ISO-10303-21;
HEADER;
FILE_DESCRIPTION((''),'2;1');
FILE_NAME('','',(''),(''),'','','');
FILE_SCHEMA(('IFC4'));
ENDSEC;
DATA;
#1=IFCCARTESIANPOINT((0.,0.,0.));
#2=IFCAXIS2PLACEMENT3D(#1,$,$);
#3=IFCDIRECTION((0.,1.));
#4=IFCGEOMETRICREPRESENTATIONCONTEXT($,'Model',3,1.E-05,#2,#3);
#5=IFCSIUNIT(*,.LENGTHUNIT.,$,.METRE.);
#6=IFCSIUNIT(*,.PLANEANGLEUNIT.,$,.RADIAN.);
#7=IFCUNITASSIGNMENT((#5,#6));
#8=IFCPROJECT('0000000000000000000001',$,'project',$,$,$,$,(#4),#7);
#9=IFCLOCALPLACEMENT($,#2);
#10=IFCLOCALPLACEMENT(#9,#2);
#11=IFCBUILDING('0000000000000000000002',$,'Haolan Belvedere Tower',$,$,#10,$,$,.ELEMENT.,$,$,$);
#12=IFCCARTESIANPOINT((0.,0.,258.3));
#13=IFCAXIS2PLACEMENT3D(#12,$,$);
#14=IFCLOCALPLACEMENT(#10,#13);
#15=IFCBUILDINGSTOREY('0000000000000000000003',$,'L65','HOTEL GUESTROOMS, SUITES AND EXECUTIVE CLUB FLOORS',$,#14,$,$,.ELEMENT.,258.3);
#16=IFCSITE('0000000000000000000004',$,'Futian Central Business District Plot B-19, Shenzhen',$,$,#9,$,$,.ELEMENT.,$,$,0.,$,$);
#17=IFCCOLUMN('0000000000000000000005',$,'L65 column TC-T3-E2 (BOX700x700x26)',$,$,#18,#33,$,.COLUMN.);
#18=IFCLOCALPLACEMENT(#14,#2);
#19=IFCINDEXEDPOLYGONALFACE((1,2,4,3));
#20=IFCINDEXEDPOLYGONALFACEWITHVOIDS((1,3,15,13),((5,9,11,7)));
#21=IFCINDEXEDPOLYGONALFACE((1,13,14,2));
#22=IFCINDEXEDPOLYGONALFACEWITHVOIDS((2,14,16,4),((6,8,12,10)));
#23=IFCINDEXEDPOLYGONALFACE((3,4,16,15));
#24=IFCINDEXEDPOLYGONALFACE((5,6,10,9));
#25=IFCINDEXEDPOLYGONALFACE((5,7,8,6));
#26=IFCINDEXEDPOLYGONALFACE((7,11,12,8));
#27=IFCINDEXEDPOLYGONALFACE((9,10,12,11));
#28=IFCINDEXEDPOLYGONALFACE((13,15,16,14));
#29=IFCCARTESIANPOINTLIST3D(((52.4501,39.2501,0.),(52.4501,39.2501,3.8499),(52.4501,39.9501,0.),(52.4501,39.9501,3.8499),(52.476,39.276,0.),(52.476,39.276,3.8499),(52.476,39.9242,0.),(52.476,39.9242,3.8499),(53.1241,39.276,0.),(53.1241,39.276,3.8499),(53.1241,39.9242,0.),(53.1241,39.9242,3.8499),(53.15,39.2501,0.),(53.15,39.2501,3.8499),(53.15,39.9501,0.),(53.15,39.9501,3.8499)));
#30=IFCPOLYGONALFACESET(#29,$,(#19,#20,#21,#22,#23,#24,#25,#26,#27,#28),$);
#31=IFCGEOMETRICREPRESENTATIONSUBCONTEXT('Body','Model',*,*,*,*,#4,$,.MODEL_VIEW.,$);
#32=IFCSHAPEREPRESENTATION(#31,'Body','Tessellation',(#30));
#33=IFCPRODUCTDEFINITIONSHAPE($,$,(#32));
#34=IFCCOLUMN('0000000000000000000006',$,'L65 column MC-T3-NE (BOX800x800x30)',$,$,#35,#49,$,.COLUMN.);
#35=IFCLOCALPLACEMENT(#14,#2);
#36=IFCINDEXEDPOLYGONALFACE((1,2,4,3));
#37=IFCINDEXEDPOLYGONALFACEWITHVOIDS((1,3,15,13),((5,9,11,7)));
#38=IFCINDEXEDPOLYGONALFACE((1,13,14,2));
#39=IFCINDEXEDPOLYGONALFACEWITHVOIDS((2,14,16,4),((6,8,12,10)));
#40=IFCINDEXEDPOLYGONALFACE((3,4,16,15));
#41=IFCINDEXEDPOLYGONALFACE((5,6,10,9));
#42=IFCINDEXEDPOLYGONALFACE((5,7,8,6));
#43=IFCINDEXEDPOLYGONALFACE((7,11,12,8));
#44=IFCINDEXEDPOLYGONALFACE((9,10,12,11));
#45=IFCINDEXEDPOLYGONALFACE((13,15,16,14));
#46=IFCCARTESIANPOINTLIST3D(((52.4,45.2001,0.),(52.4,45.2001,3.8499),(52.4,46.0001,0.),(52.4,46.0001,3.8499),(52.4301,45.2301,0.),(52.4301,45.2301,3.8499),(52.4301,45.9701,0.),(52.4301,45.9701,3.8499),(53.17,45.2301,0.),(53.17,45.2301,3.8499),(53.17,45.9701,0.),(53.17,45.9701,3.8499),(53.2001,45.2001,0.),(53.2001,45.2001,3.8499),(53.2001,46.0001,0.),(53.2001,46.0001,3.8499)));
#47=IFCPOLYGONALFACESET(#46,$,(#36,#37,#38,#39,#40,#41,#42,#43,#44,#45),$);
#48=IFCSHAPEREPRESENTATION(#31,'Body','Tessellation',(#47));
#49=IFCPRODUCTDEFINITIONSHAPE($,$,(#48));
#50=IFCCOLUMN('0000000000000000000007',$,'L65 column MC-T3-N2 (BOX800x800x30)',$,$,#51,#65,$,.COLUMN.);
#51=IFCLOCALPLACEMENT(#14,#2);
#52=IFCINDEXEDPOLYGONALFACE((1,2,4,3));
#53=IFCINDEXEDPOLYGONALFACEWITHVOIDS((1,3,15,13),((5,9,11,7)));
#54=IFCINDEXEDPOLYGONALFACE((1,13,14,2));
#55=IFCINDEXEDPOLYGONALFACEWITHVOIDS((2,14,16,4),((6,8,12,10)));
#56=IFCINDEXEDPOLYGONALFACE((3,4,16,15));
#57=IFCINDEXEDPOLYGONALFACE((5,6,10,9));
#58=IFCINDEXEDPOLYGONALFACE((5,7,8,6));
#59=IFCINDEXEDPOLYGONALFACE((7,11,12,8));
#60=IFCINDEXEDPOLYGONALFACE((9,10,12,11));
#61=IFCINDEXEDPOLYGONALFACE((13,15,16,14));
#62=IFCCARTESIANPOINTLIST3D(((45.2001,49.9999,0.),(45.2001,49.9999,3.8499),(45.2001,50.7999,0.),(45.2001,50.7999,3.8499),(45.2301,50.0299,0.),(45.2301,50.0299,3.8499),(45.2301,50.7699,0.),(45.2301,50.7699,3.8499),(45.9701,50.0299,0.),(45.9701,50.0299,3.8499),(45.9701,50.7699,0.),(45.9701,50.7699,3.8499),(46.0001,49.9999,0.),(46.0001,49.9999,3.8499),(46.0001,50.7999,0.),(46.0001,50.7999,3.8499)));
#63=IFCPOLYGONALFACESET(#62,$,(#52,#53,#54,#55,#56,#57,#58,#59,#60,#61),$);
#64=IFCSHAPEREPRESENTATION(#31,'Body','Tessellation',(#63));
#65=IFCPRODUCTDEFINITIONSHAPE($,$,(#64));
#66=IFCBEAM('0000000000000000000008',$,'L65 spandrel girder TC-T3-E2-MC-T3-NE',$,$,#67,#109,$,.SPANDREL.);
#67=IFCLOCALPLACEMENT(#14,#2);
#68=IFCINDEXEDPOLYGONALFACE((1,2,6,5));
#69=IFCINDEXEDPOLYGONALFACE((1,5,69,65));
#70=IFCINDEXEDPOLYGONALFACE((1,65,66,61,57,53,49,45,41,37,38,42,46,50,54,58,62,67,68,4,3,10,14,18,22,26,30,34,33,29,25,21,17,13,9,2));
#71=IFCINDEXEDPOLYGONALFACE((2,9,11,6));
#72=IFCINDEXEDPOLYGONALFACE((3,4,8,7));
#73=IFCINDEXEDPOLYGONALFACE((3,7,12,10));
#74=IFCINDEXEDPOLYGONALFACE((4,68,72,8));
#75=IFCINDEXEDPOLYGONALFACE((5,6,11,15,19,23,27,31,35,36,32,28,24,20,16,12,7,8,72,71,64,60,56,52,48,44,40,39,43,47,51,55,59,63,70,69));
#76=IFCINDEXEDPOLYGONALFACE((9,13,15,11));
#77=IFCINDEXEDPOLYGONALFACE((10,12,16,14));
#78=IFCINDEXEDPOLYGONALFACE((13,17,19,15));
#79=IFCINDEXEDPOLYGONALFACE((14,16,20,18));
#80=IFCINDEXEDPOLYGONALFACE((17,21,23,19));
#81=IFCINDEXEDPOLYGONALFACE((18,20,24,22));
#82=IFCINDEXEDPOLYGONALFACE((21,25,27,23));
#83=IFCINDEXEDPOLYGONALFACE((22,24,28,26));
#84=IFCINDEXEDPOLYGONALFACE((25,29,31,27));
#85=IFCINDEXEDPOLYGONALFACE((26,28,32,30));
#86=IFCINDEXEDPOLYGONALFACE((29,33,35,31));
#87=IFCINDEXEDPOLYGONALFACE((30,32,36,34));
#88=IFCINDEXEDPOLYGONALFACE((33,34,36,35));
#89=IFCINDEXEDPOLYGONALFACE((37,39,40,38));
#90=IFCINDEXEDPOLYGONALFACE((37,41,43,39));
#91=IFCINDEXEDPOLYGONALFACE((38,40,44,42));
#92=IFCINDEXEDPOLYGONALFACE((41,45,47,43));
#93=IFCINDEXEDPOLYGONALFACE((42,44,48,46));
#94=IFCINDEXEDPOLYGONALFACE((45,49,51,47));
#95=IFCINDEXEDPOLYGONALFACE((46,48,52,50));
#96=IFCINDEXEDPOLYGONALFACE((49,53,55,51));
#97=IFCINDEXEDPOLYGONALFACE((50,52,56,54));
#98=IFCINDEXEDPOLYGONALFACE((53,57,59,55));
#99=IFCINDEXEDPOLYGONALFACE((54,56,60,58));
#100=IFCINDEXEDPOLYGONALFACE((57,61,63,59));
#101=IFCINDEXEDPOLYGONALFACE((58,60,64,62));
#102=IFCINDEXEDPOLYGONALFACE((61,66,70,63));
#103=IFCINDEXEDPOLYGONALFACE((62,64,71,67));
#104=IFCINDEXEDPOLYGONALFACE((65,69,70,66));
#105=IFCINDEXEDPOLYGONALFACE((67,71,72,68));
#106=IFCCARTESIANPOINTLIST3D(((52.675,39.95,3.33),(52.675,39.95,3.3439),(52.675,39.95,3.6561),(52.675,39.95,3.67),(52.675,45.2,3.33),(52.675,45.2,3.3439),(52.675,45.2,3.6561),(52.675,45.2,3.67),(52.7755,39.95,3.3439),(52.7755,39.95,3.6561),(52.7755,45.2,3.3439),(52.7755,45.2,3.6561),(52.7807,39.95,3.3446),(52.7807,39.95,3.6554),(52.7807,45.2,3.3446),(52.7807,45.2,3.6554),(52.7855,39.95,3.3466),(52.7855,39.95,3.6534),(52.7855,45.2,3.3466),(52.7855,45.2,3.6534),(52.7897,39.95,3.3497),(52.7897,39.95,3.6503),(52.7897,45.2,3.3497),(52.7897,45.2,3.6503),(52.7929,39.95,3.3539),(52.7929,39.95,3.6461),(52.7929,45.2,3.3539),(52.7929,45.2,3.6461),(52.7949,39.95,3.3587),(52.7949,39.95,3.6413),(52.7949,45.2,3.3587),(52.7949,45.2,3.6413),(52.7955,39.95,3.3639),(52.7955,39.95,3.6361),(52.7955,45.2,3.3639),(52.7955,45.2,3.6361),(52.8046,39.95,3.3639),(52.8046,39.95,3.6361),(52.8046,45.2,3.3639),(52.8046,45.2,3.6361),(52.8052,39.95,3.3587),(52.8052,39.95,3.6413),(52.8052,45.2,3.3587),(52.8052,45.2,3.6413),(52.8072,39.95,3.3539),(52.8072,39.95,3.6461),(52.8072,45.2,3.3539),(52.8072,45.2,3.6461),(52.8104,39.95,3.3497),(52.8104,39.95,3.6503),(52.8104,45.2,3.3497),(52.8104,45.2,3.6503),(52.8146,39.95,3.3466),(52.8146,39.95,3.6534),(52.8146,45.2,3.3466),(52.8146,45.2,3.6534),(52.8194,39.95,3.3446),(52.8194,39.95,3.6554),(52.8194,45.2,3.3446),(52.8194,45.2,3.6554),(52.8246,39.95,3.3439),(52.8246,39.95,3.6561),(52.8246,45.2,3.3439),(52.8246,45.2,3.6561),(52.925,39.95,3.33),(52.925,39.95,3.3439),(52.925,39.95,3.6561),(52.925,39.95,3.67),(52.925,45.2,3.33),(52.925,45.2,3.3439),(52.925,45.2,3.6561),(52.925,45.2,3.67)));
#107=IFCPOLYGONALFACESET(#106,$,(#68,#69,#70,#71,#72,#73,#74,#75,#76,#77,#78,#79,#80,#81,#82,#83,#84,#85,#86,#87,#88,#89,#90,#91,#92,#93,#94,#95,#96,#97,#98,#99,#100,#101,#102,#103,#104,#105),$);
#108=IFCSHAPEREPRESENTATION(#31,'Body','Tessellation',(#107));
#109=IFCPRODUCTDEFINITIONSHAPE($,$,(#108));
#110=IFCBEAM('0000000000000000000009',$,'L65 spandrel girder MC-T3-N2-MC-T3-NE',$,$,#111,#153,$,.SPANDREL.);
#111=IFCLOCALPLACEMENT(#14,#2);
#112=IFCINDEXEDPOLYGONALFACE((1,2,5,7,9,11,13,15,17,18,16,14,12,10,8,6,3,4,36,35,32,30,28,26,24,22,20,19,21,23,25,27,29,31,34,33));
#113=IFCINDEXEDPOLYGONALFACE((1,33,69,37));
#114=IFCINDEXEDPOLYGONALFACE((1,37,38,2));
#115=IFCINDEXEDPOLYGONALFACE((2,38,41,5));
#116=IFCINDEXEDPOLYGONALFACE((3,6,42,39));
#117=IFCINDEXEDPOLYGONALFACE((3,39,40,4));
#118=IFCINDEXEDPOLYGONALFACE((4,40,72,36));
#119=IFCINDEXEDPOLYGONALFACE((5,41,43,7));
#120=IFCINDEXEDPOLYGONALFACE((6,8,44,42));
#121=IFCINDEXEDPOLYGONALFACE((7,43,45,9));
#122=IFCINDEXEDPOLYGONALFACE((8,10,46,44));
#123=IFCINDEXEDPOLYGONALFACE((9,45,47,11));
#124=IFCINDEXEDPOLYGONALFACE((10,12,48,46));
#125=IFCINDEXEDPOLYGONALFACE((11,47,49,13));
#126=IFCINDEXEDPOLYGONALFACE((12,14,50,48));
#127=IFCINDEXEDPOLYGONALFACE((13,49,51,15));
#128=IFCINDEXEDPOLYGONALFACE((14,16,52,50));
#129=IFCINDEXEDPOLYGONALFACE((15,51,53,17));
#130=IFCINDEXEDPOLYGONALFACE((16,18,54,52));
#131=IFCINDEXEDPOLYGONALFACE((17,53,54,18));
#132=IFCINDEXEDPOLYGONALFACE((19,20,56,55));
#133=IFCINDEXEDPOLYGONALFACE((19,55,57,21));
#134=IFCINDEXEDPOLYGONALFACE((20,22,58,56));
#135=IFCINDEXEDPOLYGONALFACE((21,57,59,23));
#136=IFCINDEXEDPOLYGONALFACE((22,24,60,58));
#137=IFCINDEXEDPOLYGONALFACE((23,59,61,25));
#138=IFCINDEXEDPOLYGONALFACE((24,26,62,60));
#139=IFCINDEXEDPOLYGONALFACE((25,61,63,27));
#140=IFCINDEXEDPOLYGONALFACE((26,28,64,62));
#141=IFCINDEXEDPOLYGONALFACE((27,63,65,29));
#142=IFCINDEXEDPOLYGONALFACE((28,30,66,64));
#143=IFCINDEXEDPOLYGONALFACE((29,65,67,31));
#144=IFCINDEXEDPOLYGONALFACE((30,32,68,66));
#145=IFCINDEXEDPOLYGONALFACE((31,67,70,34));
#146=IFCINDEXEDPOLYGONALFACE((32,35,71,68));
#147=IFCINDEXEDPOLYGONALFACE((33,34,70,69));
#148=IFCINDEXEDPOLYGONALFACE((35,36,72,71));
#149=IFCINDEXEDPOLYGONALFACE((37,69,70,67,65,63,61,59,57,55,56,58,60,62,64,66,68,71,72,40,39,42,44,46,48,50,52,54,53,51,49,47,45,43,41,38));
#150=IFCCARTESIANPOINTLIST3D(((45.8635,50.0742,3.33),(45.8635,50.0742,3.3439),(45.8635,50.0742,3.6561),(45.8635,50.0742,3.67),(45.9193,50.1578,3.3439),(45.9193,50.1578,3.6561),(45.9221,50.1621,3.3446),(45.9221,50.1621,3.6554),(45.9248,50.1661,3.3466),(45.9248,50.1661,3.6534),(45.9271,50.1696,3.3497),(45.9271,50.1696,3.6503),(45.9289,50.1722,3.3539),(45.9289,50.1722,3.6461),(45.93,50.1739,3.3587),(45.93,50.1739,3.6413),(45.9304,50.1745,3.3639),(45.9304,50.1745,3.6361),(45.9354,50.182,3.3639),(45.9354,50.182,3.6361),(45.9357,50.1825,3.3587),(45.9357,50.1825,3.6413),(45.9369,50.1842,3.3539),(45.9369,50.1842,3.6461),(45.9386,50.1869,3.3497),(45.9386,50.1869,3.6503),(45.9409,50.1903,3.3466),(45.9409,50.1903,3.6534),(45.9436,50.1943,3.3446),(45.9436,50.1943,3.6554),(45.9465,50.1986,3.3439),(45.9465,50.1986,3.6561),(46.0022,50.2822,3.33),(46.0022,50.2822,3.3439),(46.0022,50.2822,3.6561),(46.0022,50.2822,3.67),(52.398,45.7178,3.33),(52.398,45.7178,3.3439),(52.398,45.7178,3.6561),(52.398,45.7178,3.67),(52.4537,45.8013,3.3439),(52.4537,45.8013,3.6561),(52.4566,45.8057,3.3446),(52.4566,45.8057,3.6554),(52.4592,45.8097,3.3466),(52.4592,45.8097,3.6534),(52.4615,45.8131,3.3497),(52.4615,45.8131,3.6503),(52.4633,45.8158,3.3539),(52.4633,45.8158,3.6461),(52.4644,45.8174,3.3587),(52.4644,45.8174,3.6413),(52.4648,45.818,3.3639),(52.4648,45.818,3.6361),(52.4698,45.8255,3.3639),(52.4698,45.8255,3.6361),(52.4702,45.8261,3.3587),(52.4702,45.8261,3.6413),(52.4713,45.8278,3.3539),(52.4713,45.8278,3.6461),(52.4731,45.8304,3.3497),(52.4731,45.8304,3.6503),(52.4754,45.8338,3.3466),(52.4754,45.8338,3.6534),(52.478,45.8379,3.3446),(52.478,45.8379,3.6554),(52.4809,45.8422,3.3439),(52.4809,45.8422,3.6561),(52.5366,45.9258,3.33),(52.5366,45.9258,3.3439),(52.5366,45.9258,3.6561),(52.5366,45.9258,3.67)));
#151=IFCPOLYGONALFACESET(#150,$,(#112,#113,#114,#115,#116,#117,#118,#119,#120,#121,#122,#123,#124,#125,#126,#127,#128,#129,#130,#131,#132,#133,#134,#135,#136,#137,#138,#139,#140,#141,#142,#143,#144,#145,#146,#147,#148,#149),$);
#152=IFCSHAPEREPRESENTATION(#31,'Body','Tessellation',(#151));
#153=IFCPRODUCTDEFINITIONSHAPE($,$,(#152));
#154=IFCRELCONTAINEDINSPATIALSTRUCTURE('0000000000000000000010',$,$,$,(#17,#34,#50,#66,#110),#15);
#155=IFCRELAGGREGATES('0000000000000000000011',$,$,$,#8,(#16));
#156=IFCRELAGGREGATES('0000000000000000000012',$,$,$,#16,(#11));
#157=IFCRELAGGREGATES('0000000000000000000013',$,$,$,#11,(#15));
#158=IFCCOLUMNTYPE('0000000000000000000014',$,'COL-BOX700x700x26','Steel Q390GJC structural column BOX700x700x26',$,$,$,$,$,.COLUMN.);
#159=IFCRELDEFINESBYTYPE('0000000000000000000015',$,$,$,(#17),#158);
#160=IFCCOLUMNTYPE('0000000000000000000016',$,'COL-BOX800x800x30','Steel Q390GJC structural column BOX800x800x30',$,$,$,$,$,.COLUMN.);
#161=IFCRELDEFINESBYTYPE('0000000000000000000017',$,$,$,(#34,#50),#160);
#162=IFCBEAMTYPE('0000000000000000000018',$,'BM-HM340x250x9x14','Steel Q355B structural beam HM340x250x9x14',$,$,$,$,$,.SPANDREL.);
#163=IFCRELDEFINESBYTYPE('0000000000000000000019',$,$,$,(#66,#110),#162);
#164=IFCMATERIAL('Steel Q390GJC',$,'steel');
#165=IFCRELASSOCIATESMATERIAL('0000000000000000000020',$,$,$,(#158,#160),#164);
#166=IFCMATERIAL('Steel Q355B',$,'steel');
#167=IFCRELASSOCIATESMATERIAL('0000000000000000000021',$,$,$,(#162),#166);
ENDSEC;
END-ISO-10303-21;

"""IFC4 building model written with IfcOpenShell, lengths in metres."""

from ifc_helpers import new_model, si_unit, direction, frame, origin, origin_2d, place, context, subcontext, project, spatial, hollow_rectangle, i_section, extrude, material, material_profile, profile_set, type_object, element, save


model = new_model("IFC4")

# Units and contexts
model_context = context("Model", 3, precision=1e-05, world=origin(), true_north=direction((0.0, 1.0)))
body_context = subcontext(model_context, "Body", "Model", "MODEL_VIEW")
ifc_project = project(units=[si_unit("LENGTHUNIT", "METRE"), si_unit("PLANEANGLEUNIT", "RADIAN")], contexts=[model_context])

# Site, building, storey
site_placement = place(None, origin())
site = spatial("IfcSite", under=ifc_project, at=site_placement, Name="Futian Central Business District Plot B-19, Shenzhen", CompositionType="ELEMENT", RefElevation=0.0)
building_placement = place(site_placement, origin())
building = spatial("IfcBuilding", under=site, at=building_placement, Name="Haolan Belvedere Tower", CompositionType="ELEMENT")
storey_placement = place(building_placement, frame((0.0, 0.0, 258.3)))
storey = spatial("IfcBuildingStorey", under=building, at=storey_placement, Name="L65", Description="HOTEL GUESTROOMS, SUITES AND EXECUTIVE CLUB FLOORS", CompositionType="ELEMENT", Elevation=258.3)

# Columns
ifc_material_1 = material(Name="Steel Q390GJC", Category="steel")
ifc_material_profile_1 = material_profile(ifc_material_1, hollow_rectangle(XDim=0.7, YDim=0.7, WallThickness=0.0259, at=origin_2d()), Name="Steel Q390GJC")
ifc_profile_set_1 = profile_set([ifc_material_profile_1], Name="Steel Q390GJC")
column_type_1 = type_object("IfcColumnType", Name="COL-BOX700x700x26", Description="Steel Q390GJC structural column BOX700x700x26", PredefinedType="COLUMN", material=ifc_profile_set_1)
column_placement = place(storey_placement, frame((52.8, 39.6001, 0.0), z_axis=(0.0, 0.0, 1.0), x_axis=(1.0, 0.0, 0.0)))
element("IfcColumn", 1, at=column_placement, inside=storey, type_object=column_type_1, Name="L65 column TC-T3-E2 (BOX700x700x26)", PredefinedType="COLUMN", context=body_context, shape_type="SweptSolid", body=[
    extrude(hollow_rectangle(XDim=0.7, YDim=0.7, WallThickness=0.0259, at=origin_2d()), origin(), (0.0, 0.0, 1.0), 3.8499),
])
ifc_material_profile_2 = material_profile(ifc_material_1, hollow_rectangle(XDim=0.8, YDim=0.8, WallThickness=0.03, at=origin_2d()), Name="Steel Q390GJC")
ifc_profile_set_2 = profile_set([ifc_material_profile_2], Name="Steel Q390GJC")
column_type_2 = type_object("IfcColumnType", Name="COL-BOX800x800x30", Description="Steel Q390GJC structural column BOX800x800x30", PredefinedType="COLUMN", material=ifc_profile_set_2)
for number, where, z_axis, x_axis, name in (
    (2, (52.8, 45.6001, 0.0), (0.0, 0.0, 1.0), (1.0, 0.0, 0.0), "L65 column MC-T3-NE (BOX800x800x30)"),
    (3, (45.6001, 50.3999, 0.0), (0.0, 0.0, 1.0), (1.0, 0.0, 0.0), "L65 column MC-T3-N2 (BOX800x800x30)"),
):
    element("IfcColumn", number, at=place(storey_placement, frame(where, z_axis=z_axis, x_axis=x_axis)), inside=storey, type_object=column_type_2, Name=name, PredefinedType="COLUMN", context=body_context, shape_type="SweptSolid", body=[
        extrude(hollow_rectangle(XDim=0.8, YDim=0.8, WallThickness=0.03, at=origin_2d()), origin(), (0.0, 0.0, 1.0), 3.8499),
    ])

# Beams
ifc_material_2 = material(Name="Steel Q355B", Category="steel")
ifc_material_profile_3 = material_profile(ifc_material_2, i_section(OverallWidth=0.25, OverallDepth=0.3401, WebThickness=0.009, FlangeThickness=0.0139, FilletRadius=0.02, at=origin_2d()), Name="Steel Q355B")
ifc_profile_set_3 = profile_set([ifc_material_profile_3], Name="Steel Q355B")
beam_type_1 = type_object("IfcBeamType", Name="BM-HM340x250x9x14", Description="Steel Q355B structural beam HM340x250x9x14", PredefinedType="SPANDREL", material=ifc_profile_set_3)
beam_1_placement = place(storey_placement, frame((52.8, 39.95, 3.5), z_axis=(0.0, 1.0, 0.0), x_axis=(-1.0, 0.0, 0.0)))
element("IfcBeam", 4, at=beam_1_placement, inside=storey, type_object=beam_type_1, Name="L65 spandrel girder TC-T3-E2-MC-T3-NE", PredefinedType="SPANDREL", context=body_context, shape_type="SweptSolid", body=[
    extrude(i_section(OverallWidth=0.25, OverallDepth=0.3401, WebThickness=0.009, FlangeThickness=0.0139, FilletRadius=0.02, at=origin_2d()), origin(), (0.0, 0.0, 1.0), 5.25),
])
beam_2_placement = place(storey_placement, frame((45.9329, 50.1782, 3.5), z_axis=(0.832041, -0.554715, 0.0), x_axis=(0.554715, 0.832041, 0.0)))
element("IfcBeam", 5, at=beam_2_placement, inside=storey, type_object=beam_type_1, Name="L65 spandrel girder MC-T3-N2-MC-T3-NE", PredefinedType="SPANDREL", context=body_context, shape_type="SweptSolid", body=[
    extrude(i_section(OverallWidth=0.25, OverallDepth=0.3401, WebThickness=0.009, FlangeThickness=0.0139, FilletRadius=0.02, at=origin_2d()), origin(), (0.0, 0.0, 1.0), 7.8535),
])

save(model, "model.ifc")
